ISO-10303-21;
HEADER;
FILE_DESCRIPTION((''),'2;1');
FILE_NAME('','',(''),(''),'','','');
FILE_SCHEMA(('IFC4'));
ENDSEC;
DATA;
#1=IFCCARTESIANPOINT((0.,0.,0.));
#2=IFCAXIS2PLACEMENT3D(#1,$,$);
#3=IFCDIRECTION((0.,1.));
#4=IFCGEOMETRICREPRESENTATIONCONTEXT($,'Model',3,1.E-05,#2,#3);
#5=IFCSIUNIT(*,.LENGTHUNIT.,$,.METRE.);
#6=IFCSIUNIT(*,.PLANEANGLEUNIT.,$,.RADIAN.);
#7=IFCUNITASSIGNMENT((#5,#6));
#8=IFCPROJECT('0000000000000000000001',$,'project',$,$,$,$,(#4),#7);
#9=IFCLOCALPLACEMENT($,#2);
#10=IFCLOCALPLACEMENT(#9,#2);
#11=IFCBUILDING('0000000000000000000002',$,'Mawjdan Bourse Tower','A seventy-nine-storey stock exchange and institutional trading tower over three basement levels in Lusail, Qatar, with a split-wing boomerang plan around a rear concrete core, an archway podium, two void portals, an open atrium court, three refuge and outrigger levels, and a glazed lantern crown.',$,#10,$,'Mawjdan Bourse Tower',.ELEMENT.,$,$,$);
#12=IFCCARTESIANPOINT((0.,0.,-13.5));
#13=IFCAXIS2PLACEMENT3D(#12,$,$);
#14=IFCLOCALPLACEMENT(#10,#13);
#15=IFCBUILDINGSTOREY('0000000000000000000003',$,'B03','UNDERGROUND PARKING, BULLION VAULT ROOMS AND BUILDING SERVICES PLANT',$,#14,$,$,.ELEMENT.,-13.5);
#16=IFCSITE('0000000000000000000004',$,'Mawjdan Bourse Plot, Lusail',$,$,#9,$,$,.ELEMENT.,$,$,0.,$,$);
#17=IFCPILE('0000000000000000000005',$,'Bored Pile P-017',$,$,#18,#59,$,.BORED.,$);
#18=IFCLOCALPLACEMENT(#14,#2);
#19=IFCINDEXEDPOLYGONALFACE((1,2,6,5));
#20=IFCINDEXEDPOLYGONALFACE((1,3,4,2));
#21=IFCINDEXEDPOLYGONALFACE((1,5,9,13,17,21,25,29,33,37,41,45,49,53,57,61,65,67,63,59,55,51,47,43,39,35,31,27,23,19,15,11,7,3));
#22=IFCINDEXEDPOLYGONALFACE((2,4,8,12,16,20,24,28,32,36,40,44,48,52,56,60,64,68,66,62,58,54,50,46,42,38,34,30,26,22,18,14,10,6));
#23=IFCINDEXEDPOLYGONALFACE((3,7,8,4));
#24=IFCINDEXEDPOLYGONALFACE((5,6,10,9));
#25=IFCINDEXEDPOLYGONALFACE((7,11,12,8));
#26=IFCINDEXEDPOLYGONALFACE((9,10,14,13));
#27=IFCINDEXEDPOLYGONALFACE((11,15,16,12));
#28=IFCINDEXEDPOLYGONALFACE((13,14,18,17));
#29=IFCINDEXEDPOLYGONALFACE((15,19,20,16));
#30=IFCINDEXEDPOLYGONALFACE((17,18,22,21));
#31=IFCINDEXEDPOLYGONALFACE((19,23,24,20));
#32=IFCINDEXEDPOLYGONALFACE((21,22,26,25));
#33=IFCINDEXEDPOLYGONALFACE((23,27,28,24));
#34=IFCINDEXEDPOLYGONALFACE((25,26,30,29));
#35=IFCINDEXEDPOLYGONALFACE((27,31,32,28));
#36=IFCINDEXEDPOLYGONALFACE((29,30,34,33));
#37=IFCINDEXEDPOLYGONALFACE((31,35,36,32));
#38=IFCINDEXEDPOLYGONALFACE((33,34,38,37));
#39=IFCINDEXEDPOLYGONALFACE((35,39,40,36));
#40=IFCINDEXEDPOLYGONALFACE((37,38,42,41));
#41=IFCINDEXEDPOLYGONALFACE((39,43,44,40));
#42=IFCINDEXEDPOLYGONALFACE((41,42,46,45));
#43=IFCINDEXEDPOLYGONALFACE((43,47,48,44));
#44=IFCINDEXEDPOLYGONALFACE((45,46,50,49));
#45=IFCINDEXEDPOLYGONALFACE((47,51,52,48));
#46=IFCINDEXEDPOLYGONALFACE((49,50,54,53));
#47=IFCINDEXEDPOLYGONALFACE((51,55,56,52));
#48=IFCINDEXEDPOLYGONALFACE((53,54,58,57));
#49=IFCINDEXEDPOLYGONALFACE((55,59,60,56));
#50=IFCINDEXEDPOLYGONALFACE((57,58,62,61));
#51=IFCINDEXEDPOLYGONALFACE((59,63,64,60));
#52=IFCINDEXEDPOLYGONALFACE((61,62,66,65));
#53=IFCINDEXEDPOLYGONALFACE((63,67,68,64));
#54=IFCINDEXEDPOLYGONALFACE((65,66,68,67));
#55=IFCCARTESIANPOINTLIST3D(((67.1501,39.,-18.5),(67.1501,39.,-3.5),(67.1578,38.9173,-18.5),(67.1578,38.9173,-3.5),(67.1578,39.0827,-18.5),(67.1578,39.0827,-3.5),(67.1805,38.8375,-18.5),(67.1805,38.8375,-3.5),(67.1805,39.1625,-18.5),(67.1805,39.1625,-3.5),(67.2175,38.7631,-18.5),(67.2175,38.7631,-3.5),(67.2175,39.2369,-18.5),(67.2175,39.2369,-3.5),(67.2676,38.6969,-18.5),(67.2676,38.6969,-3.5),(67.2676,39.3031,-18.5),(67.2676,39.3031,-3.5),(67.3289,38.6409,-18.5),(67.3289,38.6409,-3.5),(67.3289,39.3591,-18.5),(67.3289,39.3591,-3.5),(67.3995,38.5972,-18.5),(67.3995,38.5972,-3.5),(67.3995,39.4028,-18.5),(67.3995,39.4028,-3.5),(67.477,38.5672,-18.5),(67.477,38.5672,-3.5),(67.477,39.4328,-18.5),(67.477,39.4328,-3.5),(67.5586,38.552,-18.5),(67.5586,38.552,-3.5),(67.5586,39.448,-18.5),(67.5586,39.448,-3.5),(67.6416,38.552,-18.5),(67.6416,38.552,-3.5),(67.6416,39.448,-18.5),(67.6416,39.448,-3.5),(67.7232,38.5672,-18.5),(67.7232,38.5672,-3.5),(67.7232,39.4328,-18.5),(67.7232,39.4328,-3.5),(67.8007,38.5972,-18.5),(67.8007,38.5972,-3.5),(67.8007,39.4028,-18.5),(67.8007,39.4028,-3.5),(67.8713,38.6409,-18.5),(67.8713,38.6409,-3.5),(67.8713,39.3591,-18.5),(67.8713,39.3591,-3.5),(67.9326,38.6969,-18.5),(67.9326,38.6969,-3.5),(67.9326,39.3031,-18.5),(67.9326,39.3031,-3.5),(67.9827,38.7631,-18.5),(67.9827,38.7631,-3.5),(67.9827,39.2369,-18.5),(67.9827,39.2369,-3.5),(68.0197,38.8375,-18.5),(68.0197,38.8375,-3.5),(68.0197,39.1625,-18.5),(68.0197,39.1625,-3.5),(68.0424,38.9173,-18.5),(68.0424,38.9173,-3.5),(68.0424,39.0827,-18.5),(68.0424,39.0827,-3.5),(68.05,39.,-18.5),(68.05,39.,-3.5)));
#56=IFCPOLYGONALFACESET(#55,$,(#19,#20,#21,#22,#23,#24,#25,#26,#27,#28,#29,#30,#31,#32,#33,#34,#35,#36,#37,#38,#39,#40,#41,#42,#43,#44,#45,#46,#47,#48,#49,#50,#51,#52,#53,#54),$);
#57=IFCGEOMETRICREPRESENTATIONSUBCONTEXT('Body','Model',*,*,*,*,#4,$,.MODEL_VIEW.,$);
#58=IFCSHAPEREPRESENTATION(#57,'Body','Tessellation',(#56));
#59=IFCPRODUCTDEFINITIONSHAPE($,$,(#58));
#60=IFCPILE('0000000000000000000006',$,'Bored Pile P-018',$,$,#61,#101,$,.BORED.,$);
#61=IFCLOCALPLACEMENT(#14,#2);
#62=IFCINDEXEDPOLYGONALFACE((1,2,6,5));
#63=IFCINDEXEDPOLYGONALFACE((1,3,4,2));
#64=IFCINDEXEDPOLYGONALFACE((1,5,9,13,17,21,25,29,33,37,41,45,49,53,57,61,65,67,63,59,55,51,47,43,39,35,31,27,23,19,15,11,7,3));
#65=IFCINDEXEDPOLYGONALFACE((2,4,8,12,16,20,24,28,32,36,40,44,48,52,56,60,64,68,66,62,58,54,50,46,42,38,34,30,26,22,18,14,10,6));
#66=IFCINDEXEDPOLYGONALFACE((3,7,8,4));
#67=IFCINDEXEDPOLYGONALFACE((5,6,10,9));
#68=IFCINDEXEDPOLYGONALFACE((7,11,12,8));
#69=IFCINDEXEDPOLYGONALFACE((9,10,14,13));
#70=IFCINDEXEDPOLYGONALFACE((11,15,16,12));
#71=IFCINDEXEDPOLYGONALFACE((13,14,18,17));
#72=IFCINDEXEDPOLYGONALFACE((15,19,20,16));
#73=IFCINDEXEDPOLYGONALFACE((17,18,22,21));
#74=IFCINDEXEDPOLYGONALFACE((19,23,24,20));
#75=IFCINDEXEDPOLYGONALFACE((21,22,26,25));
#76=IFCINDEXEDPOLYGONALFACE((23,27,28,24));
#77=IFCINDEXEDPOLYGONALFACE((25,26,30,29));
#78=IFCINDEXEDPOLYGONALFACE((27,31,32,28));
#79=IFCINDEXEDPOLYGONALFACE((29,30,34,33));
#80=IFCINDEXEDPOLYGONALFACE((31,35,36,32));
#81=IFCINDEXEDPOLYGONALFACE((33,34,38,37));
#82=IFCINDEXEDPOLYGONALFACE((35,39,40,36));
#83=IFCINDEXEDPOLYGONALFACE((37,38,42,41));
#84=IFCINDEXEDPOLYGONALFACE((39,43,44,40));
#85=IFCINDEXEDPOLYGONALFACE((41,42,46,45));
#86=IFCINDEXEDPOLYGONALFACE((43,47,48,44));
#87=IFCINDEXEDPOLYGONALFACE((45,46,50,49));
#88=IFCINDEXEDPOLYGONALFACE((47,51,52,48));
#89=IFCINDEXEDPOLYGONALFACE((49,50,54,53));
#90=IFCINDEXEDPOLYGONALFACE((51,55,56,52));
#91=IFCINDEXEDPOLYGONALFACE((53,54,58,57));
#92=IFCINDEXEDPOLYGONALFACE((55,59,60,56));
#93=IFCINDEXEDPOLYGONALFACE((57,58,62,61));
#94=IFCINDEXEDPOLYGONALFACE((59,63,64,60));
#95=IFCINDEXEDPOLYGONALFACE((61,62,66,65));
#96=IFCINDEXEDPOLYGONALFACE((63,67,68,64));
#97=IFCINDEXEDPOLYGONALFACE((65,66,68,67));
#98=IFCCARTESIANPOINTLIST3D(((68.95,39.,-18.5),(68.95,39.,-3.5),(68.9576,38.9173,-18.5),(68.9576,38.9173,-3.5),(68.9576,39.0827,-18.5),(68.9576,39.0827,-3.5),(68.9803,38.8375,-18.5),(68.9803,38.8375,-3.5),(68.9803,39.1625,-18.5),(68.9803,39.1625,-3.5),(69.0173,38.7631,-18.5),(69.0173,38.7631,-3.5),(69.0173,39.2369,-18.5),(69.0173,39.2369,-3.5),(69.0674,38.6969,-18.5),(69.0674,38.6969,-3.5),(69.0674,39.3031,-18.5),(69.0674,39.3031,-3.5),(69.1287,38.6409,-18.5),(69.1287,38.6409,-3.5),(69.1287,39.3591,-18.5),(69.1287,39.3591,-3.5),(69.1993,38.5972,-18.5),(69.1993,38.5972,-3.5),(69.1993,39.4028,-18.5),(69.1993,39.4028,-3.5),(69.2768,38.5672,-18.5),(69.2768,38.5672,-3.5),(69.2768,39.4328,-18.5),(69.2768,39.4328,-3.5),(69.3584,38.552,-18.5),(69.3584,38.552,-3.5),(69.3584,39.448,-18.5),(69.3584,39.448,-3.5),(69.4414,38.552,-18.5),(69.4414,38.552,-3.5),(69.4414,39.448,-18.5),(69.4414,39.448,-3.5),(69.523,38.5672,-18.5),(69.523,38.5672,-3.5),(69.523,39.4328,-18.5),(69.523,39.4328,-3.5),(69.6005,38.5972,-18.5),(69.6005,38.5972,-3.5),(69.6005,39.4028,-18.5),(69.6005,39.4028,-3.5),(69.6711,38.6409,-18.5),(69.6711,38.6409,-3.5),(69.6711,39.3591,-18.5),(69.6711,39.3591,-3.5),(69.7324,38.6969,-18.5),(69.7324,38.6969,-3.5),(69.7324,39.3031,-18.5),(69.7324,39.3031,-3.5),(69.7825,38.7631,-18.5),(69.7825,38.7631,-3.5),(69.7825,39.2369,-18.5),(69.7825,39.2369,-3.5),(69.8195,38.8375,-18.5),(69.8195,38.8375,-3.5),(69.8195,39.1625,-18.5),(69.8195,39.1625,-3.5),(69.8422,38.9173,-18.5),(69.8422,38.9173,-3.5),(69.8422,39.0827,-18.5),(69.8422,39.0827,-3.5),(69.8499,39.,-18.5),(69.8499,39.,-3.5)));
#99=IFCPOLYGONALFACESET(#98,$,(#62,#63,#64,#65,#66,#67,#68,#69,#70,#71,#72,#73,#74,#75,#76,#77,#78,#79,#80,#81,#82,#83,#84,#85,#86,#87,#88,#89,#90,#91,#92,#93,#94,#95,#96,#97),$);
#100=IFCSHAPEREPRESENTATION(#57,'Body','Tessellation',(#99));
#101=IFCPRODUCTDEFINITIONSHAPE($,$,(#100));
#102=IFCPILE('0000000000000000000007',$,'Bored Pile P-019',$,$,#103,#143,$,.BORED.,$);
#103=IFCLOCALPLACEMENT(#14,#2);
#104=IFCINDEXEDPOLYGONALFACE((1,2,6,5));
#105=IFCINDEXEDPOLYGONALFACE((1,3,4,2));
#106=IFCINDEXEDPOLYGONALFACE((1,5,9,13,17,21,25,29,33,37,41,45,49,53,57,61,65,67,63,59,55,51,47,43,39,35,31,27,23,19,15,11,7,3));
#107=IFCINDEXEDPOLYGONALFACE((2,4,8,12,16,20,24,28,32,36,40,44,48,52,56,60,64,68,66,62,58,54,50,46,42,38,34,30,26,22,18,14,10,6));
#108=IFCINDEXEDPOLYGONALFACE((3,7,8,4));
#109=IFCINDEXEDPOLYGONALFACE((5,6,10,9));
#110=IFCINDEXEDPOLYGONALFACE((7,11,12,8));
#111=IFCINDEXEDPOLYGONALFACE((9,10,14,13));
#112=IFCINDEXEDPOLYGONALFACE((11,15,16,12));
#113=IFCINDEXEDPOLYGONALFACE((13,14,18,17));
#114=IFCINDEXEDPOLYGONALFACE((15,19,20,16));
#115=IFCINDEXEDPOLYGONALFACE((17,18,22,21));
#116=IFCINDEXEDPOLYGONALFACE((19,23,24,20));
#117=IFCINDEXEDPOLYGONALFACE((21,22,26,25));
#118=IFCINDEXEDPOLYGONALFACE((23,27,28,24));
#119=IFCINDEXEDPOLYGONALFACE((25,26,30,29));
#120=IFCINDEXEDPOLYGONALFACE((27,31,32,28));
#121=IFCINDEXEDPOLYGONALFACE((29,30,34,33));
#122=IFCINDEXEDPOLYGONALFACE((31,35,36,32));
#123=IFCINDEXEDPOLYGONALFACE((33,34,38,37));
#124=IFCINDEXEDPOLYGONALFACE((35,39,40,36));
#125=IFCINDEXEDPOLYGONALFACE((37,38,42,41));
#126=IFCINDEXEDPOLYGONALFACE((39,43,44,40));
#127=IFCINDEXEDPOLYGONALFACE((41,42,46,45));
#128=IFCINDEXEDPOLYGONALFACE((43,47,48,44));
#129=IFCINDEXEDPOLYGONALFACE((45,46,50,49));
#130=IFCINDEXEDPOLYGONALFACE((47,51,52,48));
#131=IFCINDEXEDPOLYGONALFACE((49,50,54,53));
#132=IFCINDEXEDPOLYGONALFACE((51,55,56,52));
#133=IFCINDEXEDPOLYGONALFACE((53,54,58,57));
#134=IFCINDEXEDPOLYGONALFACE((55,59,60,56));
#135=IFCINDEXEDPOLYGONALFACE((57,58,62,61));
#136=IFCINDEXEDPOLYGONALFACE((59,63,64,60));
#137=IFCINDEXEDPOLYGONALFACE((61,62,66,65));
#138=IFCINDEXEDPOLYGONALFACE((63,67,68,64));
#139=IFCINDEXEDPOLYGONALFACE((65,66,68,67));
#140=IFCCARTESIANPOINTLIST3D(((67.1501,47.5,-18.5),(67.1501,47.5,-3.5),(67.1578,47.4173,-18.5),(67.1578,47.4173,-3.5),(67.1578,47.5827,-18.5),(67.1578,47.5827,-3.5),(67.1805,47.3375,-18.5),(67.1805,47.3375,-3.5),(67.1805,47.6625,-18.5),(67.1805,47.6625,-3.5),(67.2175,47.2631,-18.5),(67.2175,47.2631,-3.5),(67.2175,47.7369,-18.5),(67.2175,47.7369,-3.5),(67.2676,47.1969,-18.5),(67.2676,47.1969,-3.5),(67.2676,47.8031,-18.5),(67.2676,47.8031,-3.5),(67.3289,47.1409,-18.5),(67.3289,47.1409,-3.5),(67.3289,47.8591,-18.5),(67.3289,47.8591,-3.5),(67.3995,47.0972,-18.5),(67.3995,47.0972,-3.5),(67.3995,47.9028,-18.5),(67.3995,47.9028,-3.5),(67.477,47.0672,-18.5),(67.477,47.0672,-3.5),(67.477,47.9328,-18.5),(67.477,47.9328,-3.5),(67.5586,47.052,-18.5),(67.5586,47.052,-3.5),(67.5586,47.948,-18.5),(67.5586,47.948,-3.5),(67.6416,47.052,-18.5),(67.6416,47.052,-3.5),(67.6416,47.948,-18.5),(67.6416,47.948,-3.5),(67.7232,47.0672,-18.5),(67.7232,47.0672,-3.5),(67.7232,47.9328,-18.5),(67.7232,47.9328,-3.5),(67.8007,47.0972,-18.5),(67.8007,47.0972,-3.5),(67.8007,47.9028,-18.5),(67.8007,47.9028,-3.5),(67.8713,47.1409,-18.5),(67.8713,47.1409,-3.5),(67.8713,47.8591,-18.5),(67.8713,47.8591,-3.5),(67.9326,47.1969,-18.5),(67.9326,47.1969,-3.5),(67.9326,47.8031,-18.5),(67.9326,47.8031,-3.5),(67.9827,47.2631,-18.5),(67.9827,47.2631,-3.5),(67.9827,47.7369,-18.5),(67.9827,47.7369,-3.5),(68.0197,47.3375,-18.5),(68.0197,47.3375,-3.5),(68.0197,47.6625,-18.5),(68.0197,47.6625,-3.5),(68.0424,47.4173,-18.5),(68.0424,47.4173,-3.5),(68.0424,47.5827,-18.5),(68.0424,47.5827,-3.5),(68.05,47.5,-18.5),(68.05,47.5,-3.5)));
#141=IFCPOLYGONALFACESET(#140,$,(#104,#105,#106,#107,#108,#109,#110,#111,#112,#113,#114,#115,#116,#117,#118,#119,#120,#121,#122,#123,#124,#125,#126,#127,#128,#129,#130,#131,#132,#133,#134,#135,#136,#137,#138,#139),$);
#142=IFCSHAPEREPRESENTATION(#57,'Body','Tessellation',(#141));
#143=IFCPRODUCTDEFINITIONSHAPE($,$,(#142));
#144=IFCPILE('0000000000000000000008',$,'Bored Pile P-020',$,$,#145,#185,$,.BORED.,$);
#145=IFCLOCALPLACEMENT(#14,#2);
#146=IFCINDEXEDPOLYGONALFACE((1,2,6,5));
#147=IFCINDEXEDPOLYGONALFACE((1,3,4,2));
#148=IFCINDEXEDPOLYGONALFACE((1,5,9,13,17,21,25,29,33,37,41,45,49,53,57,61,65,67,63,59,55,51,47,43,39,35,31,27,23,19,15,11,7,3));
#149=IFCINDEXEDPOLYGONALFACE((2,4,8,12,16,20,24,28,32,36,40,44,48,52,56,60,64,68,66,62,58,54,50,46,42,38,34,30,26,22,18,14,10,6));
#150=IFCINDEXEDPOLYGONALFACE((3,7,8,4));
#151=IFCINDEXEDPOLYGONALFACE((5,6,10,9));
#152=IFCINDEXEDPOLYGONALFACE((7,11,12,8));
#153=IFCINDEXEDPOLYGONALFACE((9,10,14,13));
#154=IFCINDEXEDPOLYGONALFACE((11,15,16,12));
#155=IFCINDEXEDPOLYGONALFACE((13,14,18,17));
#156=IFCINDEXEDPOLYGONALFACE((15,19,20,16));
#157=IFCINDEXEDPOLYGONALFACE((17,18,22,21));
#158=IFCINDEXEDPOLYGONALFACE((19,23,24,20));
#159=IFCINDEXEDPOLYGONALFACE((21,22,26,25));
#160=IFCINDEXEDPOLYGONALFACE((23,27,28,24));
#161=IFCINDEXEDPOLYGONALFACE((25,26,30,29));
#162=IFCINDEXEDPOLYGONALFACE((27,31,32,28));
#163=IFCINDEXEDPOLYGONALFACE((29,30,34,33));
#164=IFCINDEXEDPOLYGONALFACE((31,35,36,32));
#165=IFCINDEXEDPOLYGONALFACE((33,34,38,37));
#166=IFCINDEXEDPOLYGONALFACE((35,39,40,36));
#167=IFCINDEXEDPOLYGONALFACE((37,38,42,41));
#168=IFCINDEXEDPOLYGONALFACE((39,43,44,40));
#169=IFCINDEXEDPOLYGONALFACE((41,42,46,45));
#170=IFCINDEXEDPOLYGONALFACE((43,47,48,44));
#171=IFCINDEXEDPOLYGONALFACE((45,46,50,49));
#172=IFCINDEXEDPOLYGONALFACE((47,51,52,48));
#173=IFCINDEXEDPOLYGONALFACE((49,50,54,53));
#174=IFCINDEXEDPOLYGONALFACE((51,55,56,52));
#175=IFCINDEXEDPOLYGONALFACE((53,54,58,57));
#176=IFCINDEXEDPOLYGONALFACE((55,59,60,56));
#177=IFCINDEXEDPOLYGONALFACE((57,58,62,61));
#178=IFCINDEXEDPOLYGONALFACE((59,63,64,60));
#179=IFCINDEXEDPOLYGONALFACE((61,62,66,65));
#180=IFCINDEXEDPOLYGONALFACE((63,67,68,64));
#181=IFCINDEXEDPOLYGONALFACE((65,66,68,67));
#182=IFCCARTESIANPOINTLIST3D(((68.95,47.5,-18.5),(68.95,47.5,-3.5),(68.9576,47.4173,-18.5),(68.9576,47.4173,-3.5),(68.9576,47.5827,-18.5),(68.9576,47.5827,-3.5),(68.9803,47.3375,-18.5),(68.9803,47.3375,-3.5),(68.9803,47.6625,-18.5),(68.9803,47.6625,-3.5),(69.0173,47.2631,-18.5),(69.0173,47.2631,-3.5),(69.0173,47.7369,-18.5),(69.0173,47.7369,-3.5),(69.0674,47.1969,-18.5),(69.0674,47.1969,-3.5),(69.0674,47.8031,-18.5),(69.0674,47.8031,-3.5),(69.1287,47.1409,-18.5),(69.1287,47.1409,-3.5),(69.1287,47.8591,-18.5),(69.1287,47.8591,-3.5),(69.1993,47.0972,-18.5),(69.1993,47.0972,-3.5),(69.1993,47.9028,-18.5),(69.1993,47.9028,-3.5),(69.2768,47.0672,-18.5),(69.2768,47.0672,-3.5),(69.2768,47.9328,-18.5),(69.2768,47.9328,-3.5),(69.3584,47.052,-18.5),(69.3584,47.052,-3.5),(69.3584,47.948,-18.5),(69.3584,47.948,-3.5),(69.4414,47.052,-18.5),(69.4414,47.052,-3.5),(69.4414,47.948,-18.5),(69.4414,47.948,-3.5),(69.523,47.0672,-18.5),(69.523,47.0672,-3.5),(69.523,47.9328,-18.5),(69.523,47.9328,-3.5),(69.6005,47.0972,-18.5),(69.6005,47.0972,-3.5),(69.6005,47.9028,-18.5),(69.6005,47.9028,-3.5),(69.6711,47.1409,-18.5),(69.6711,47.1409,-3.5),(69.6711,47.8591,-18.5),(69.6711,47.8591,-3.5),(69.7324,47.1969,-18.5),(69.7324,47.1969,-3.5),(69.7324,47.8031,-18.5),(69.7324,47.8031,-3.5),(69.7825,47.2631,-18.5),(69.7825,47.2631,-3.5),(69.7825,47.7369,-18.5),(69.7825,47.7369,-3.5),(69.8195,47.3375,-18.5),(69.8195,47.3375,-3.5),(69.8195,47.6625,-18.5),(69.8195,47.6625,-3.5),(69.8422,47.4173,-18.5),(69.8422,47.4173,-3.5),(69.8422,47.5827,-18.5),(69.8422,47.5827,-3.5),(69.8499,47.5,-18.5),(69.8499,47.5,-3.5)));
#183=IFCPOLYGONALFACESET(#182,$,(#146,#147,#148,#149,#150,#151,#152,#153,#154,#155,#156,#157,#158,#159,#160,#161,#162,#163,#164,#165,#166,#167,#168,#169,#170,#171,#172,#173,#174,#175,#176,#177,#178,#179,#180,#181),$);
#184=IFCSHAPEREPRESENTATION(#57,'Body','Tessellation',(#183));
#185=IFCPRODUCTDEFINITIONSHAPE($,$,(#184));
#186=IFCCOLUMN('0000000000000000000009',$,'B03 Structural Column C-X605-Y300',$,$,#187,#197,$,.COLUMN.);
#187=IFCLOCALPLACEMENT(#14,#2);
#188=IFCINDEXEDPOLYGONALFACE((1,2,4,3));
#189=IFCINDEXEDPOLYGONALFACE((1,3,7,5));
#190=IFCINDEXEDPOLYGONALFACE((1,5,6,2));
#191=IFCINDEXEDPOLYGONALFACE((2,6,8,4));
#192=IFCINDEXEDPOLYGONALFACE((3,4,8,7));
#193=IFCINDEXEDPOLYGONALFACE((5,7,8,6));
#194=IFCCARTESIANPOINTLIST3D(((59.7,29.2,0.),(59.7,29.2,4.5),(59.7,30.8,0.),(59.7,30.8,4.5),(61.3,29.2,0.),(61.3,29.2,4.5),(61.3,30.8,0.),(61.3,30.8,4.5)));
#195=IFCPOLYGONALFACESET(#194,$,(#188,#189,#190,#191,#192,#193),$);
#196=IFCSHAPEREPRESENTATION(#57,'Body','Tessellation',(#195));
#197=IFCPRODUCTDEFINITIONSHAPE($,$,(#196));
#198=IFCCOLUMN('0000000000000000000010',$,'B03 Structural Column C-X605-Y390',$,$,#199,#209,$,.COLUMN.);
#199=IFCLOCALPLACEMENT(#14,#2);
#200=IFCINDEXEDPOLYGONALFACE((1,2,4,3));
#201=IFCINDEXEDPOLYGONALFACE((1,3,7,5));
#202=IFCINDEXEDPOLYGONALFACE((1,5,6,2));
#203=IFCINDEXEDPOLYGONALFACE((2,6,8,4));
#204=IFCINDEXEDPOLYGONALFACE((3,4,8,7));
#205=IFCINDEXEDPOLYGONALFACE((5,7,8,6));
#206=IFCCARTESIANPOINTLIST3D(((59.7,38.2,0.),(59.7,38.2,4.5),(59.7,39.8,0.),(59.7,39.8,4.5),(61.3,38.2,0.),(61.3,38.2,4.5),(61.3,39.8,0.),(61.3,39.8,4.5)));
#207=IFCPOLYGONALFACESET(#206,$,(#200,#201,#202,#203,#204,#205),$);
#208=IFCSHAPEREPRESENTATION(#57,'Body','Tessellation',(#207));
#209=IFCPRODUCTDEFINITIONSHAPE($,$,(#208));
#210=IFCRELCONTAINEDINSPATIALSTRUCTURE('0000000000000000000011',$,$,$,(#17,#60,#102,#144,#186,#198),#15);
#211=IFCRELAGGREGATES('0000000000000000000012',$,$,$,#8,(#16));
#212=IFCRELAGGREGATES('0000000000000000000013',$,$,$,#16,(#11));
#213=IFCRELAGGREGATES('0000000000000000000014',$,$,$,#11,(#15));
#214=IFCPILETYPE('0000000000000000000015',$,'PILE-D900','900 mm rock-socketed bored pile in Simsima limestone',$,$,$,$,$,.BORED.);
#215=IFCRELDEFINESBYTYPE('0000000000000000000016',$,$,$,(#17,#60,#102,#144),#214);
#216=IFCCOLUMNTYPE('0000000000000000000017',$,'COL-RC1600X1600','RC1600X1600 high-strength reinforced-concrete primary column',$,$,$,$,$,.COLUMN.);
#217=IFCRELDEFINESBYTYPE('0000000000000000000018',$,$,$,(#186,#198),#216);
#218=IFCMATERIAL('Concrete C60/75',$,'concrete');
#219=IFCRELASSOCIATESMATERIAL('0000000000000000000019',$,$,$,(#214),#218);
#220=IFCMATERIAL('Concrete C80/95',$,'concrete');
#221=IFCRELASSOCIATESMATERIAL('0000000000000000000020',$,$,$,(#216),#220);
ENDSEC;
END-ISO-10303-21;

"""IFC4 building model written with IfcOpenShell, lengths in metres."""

from ifc_helpers import new_model, si_unit, direction, frame, origin, origin_2d, place, context, subcontext, project, spatial, rectangle, circle, extrude, material, material_profile, profile_set, type_object, element, save


model = new_model("IFC4")

# Units and contexts
model_context = context("Model", 3, precision=1e-05, world=origin(), true_north=direction((0.0, 1.0)))
body_context = subcontext(model_context, "Body", "Model", "MODEL_VIEW")
ifc_project = project(units=[si_unit("LENGTHUNIT", "METRE"), si_unit("PLANEANGLEUNIT", "RADIAN")], contexts=[model_context])

# Site, building, storey
site_placement = place(None, origin())
site = spatial("IfcSite", under=ifc_project, at=site_placement, Name="Mawjdan Bourse Plot, Lusail", CompositionType="ELEMENT", RefElevation=0.0)
building_placement = place(site_placement, origin())
building = spatial("IfcBuilding", under=site, at=building_placement, Name="Mawjdan Bourse Tower", Description="A seventy-nine-storey stock exchange and institutional trading tower over three basement levels in Lusail, Qatar, with a split-wing boomerang plan around a rear concrete core, an archway podium, two void portals, an open atrium court, three refuge and outrigger levels, and a glazed lantern crown.", LongName="Mawjdan Bourse Tower", CompositionType="ELEMENT")
storey_placement = place(building_placement, frame((0.0, 0.0, -13.5)))
storey = spatial("IfcBuildingStorey", under=building, at=storey_placement, Name="B03", Description="UNDERGROUND PARKING, BULLION VAULT ROOMS AND BUILDING SERVICES PLANT", CompositionType="ELEMENT", Elevation=-13.5)

# Shared definitions
ifc_material_1 = material(Name="Concrete C60/75", Category="concrete")

# Piles
ifc_material_profile_1 = material_profile(ifc_material_1, circle(Radius=0.45, at=origin_2d()), Name="PILE-D900")
ifc_profile_set_1 = profile_set([ifc_material_profile_1], Name="Concrete C60/75")
pile_type = type_object("IfcPileType", Name="PILE-D900", Description="900 mm rock-socketed bored pile in Simsima limestone", PredefinedType="BORED", material=ifc_profile_set_1)
for number, where, z_axis, x_axis, name in (
    (1, (67.6001, 39.0, -3.5), (0.0, 0.0, -1.0), (1.0, 0.0, 0.0), "Bored Pile P-017"),
    (2, (69.3999, 39.0, -3.5), (0.0, 0.0, -1.0), (1.0, 0.0, 0.0), "Bored Pile P-018"),
    (3, (67.6001, 47.5, -3.5), (0.0, 0.0, -1.0), (1.0, 0.0, 0.0), "Bored Pile P-019"),
    (4, (69.3999, 47.5, -3.5), (0.0, 0.0, -1.0), (1.0, 0.0, 0.0), "Bored Pile P-020"),
):
    element("IfcPile", number, at=place(storey_placement, frame(where, z_axis=z_axis, x_axis=x_axis)), inside=storey, type_object=pile_type, Name=name, PredefinedType="BORED", context=body_context, shape_type="SweptSolid", body=[
        extrude(circle(Radius=0.45, at=origin_2d()), origin(), (0.0, 0.0, 1.0), 15.0),
    ])

# Columns
ifc_material_2 = material(Name="Concrete C80/95", Category="concrete")
ifc_material_profile_2 = material_profile(ifc_material_2, rectangle(XDim=1.6001, YDim=1.6001, at=origin_2d()), Name="RC1600X1600")
ifc_profile_set_2 = profile_set([ifc_material_profile_2], Name="Concrete C80/95")
column_type_1 = type_object("IfcColumnType", Name="COL-RC1600X1600", Description="RC1600X1600 high-strength reinforced-concrete primary column", PredefinedType="COLUMN", material=ifc_profile_set_2)
for number, where, z_axis, x_axis, name in (
    (5, (60.5, 30.0, 0.0), (0.0, 0.0, 1.0), (1.0, 0.0, 0.0), "B03 Structural Column C-X605-Y300"),
    (6, (60.5, 39.0, 0.0), (0.0, 0.0, 1.0), (1.0, 0.0, 0.0), "B03 Structural Column C-X605-Y390"),
):
    element("IfcColumn", number, at=place(storey_placement, frame(where, z_axis=z_axis, x_axis=x_axis)), inside=storey, type_object=column_type_1, Name=name, PredefinedType="COLUMN", context=body_context, shape_type="SweptSolid", body=[
        extrude(rectangle(XDim=1.6001, YDim=1.6001, at=origin_2d()), origin(), (0.0, 0.0, 1.0), 4.5),
    ])

save(model, "model.ifc")
